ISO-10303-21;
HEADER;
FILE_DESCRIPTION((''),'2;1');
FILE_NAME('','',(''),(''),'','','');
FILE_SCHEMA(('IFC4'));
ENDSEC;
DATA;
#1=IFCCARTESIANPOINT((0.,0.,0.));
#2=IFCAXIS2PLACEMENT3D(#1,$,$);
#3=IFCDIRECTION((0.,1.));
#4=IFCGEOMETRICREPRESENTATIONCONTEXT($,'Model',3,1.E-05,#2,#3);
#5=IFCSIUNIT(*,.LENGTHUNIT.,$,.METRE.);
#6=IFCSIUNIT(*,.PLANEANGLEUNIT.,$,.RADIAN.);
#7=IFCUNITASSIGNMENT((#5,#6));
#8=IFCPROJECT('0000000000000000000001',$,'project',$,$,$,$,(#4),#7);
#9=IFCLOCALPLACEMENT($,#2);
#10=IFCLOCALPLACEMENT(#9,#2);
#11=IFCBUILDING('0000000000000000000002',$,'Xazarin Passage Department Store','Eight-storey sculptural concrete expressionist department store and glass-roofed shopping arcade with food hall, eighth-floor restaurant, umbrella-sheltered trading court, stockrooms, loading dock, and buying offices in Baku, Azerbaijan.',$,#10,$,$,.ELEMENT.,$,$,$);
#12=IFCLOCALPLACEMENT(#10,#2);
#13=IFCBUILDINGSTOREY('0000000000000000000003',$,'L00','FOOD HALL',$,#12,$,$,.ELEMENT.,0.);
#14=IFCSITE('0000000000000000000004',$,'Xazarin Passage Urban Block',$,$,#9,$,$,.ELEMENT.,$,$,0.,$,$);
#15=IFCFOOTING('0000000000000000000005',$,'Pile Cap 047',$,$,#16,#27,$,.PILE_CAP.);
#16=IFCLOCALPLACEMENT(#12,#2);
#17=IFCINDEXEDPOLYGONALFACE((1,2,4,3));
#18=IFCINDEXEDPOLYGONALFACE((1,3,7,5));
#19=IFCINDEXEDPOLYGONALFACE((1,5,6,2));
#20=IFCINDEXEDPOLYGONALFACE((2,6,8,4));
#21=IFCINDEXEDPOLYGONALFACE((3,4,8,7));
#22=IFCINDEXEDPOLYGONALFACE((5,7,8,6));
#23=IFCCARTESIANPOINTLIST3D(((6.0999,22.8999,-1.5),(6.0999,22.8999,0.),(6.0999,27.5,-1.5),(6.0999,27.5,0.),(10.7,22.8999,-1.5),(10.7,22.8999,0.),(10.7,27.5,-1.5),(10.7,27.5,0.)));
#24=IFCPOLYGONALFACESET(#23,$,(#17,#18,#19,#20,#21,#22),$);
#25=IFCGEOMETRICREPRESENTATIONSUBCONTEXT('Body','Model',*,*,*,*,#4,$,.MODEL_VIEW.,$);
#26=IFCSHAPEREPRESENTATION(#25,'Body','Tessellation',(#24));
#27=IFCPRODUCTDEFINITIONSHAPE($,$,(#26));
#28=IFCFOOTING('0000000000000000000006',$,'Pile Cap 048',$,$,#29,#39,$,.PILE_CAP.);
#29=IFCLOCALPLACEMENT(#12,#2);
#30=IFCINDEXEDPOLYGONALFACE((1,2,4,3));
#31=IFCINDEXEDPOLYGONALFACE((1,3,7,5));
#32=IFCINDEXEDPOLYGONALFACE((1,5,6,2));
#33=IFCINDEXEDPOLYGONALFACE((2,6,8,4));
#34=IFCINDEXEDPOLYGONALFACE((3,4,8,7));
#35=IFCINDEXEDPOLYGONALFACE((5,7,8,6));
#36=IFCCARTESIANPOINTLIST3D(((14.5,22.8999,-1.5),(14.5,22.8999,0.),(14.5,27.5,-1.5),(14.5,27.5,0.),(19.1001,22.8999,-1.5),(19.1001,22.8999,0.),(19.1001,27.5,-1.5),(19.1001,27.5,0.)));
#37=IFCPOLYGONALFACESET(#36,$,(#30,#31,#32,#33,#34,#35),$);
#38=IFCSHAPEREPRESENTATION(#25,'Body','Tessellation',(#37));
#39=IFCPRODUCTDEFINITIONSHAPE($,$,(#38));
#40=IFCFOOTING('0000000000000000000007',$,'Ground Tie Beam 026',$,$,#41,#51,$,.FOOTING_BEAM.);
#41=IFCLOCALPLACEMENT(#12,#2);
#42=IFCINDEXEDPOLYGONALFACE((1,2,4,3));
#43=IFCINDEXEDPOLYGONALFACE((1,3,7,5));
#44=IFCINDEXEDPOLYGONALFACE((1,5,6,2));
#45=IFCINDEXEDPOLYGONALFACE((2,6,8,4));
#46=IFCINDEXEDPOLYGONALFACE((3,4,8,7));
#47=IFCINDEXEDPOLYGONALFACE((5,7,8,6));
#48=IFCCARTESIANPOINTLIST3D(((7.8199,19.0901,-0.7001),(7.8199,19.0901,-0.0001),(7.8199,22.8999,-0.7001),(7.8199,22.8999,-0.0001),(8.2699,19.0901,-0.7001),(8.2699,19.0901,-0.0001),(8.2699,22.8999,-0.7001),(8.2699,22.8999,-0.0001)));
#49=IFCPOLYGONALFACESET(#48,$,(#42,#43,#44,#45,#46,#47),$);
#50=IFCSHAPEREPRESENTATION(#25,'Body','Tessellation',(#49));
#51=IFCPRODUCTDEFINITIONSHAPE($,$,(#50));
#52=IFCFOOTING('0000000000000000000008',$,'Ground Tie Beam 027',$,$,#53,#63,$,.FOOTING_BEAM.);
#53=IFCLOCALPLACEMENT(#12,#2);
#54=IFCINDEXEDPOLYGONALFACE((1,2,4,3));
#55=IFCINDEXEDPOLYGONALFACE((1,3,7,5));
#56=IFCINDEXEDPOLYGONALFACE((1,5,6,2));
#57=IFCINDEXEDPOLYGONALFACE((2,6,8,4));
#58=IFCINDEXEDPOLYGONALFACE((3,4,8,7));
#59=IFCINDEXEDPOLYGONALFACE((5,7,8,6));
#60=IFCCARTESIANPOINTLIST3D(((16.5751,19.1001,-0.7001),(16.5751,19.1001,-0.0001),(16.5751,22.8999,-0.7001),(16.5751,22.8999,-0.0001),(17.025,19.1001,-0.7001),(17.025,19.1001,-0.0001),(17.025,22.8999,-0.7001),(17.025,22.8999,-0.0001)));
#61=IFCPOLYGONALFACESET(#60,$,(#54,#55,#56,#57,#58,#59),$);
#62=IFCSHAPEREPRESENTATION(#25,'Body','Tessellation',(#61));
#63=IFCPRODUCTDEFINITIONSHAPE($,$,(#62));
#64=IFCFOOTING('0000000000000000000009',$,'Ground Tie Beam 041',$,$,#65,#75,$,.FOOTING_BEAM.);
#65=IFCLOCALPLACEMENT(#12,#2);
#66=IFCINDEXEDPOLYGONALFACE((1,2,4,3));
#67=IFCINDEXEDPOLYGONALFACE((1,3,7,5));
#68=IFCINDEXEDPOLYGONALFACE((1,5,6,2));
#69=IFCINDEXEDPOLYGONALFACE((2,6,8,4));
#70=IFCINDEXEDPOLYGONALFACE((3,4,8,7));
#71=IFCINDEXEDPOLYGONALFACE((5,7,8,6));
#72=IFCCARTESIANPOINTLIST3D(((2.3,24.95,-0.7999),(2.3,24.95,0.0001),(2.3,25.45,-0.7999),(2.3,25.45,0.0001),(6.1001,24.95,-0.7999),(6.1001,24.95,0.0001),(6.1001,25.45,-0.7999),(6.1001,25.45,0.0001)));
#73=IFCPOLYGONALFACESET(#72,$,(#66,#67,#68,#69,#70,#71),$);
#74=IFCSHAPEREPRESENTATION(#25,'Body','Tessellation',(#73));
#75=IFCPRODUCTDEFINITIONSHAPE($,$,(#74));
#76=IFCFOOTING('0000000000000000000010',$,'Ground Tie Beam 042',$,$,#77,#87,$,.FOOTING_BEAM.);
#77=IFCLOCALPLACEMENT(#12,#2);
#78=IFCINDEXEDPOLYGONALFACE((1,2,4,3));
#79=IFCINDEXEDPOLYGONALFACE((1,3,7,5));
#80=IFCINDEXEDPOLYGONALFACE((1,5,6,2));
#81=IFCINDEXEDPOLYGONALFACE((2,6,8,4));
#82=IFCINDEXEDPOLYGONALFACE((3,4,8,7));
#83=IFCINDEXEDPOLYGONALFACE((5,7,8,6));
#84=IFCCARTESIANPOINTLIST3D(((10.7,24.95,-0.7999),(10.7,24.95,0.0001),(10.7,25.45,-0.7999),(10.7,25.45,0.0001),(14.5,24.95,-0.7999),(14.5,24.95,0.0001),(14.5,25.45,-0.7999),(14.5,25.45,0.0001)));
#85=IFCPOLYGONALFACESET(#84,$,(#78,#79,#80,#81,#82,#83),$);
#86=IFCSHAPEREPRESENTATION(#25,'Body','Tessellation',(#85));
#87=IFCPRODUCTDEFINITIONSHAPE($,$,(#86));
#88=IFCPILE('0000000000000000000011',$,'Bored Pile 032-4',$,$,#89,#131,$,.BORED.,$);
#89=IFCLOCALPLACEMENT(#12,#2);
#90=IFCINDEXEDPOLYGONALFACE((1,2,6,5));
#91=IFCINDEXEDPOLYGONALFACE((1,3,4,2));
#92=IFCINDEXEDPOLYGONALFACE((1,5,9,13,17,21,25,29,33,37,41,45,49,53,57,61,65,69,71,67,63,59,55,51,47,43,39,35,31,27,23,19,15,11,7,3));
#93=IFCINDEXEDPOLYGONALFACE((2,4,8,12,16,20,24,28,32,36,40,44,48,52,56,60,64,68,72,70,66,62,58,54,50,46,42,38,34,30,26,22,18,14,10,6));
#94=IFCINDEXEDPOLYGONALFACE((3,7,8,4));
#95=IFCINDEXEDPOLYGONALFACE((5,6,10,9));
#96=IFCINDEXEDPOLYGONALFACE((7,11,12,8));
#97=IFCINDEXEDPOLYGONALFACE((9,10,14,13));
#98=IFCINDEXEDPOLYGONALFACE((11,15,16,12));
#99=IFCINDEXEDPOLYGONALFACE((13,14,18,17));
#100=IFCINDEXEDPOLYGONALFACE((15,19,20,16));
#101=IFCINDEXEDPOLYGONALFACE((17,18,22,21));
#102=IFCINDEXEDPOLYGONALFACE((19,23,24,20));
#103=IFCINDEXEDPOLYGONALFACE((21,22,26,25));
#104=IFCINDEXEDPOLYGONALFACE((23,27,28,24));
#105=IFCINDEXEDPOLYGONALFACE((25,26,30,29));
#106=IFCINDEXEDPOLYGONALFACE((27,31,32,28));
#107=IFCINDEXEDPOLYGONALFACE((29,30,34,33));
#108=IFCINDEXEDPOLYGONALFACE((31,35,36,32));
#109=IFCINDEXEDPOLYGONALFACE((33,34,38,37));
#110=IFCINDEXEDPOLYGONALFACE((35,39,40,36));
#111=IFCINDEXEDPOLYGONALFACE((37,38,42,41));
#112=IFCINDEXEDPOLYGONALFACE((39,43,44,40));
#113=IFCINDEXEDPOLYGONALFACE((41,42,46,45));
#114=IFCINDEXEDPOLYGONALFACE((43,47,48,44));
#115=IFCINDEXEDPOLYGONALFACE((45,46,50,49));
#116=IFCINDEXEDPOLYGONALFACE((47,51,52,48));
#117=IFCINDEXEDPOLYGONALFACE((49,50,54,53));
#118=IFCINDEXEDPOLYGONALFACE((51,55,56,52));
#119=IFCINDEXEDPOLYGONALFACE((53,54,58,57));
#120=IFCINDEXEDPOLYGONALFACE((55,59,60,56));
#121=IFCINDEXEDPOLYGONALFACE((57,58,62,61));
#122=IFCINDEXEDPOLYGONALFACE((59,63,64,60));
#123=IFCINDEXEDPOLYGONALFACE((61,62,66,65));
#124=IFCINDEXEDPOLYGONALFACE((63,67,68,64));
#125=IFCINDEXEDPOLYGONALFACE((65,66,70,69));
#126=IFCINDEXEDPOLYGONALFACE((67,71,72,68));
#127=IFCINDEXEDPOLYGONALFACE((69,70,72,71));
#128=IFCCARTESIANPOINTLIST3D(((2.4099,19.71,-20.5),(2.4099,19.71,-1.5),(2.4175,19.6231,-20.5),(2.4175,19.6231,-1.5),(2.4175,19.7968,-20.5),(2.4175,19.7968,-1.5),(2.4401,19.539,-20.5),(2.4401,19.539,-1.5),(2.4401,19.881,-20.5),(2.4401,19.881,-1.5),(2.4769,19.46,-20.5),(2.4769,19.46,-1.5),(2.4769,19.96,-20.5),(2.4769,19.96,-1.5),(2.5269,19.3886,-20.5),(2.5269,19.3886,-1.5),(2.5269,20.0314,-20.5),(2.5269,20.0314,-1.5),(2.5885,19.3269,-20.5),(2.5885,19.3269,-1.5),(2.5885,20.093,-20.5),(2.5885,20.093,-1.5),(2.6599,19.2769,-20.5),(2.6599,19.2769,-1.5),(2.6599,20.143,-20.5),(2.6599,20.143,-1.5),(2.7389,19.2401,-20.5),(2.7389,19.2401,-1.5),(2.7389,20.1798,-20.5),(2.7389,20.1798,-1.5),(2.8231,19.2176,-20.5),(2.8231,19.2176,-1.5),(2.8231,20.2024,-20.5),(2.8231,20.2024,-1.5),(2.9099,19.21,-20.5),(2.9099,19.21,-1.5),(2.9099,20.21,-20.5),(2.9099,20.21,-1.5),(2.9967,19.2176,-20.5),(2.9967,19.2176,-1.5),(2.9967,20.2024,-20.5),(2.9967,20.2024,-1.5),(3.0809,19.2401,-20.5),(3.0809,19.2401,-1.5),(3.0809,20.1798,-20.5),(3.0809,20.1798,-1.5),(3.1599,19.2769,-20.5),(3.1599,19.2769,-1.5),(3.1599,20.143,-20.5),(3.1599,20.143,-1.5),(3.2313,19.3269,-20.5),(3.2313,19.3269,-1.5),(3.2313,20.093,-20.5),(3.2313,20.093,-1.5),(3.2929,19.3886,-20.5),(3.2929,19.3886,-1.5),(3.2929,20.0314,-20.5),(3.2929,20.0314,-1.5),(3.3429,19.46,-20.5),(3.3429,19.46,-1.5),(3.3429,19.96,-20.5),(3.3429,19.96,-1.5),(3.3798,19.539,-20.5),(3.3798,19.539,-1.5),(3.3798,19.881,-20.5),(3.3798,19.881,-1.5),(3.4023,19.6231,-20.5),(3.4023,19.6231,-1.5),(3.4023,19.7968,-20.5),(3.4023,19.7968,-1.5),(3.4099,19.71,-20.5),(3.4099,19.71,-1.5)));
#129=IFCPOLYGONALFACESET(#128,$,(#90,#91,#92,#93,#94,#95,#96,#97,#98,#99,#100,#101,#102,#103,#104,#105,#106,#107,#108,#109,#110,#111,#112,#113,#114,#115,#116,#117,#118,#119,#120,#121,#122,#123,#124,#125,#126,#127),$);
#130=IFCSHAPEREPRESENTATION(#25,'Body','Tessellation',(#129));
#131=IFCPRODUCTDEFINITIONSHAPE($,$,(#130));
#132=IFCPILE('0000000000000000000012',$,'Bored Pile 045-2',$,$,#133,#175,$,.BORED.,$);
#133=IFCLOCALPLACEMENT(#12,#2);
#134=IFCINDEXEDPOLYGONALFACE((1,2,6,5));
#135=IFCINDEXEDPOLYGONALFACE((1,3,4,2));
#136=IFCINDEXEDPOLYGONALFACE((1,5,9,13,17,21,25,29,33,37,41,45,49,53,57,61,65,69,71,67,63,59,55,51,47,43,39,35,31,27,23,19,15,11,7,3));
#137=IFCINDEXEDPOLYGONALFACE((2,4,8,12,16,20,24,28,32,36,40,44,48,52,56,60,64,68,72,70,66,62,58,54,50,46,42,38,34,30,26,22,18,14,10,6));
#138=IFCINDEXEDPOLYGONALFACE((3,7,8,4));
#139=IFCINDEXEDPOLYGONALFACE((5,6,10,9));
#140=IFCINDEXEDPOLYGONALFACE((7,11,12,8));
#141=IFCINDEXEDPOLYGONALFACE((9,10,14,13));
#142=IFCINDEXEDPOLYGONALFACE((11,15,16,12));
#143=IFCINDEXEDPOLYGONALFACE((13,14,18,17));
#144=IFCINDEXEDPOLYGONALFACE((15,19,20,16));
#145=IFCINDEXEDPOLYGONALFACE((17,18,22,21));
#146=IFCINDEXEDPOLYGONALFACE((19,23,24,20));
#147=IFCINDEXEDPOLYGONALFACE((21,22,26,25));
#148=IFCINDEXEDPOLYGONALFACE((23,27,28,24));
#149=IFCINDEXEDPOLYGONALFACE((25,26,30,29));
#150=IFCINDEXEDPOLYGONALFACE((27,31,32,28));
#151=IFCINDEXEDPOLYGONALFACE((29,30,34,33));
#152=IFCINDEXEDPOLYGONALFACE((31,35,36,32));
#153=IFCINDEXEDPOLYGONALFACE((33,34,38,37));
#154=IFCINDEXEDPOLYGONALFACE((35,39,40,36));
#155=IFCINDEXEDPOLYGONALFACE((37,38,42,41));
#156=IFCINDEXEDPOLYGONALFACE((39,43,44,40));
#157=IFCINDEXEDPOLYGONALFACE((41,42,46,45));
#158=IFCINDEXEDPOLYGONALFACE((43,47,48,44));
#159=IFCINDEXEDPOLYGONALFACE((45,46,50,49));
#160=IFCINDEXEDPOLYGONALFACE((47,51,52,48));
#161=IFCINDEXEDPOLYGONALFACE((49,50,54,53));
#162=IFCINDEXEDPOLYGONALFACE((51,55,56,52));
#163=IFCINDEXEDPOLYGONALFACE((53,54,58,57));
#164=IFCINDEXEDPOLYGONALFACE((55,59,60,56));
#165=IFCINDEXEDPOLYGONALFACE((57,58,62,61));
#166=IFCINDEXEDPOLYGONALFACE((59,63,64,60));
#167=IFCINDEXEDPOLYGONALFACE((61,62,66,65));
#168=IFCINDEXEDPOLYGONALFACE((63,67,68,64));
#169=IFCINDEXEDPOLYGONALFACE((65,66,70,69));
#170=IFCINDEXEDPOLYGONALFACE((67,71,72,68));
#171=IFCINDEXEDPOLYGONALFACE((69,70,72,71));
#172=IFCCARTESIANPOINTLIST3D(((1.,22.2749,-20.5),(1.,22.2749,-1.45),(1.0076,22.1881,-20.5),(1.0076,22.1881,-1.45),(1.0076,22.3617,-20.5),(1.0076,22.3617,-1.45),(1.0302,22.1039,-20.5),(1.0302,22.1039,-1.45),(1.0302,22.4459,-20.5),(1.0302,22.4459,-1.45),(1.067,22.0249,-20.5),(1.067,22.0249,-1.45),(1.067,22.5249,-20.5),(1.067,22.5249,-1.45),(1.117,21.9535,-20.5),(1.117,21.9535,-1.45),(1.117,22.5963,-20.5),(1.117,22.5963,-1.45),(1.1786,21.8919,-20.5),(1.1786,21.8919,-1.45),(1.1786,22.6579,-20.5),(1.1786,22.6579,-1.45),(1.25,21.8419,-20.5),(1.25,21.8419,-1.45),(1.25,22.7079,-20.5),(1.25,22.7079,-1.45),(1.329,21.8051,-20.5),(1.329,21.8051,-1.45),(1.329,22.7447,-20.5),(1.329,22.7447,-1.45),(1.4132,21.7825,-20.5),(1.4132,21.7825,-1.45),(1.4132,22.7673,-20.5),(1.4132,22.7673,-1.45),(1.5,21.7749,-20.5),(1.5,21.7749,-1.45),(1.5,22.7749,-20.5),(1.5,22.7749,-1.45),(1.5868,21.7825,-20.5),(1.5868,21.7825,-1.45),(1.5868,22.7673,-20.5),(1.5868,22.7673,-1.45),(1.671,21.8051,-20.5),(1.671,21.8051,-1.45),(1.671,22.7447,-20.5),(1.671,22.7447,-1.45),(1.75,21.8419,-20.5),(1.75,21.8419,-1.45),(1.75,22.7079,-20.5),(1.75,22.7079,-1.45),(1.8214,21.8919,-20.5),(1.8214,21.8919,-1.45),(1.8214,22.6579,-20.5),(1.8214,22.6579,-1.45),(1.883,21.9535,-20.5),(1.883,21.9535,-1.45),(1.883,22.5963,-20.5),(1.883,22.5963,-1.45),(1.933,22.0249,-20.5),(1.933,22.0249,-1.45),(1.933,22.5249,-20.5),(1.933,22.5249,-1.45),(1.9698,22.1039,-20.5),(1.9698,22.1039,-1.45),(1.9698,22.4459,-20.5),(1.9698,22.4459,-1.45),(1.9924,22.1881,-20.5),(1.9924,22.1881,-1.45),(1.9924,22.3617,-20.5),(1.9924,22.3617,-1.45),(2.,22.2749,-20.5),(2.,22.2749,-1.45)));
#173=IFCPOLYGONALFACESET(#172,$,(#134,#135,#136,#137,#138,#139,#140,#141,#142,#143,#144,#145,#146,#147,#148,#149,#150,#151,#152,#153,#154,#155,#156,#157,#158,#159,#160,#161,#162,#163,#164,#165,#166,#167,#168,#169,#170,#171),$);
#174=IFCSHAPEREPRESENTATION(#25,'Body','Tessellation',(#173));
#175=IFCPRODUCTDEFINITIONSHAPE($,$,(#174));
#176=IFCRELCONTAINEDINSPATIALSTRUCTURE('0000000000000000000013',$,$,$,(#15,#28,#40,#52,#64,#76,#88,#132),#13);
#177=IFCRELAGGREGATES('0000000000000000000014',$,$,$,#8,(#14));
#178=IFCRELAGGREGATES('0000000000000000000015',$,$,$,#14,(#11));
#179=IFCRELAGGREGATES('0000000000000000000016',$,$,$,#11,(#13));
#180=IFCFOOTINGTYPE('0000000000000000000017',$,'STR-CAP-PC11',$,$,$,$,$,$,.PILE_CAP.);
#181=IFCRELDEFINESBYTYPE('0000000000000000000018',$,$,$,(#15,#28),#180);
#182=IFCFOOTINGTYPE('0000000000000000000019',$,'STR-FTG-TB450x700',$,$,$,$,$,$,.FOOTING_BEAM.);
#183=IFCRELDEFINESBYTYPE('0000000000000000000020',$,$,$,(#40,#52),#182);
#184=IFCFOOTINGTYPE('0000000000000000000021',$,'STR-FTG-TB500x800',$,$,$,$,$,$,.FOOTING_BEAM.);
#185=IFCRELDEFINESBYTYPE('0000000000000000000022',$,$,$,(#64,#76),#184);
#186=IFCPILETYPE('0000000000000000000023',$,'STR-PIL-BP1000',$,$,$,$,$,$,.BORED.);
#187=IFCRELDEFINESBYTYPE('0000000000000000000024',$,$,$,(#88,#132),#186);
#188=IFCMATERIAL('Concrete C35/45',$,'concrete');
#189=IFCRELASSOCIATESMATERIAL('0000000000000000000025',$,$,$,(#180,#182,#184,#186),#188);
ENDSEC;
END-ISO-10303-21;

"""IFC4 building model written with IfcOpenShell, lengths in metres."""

from ifc_helpers import new_model, si_unit, direction, frame, origin, origin_2d, place, context, subcontext, project, spatial, rectangle, circle, extrude, material, material_profile, profile_set, type_object, element, save


model = new_model("IFC4")

# Units and contexts
model_context = context("Model", 3, precision=1e-05, world=origin(), true_north=direction((0.0, 1.0)))
body_context = subcontext(model_context, "Body", "Model", "MODEL_VIEW")
ifc_project = project(units=[si_unit("LENGTHUNIT", "METRE"), si_unit("PLANEANGLEUNIT", "RADIAN")], contexts=[model_context])

# Site, building, storey
site_placement = place(None, origin())
site = spatial("IfcSite", under=ifc_project, at=site_placement, Name="Xazarin Passage Urban Block", CompositionType="ELEMENT", RefElevation=0.0)
building_placement = place(site_placement, origin())
building = spatial("IfcBuilding", under=site, at=building_placement, Name="Xazarin Passage Department Store", Description="Eight-storey sculptural concrete expressionist department store and glass-roofed shopping arcade with food hall, eighth-floor restaurant, umbrella-sheltered trading court, stockrooms, loading dock, and buying offices in Baku, Azerbaijan.", CompositionType="ELEMENT")
storey_placement = place(building_placement, origin())
storey = spatial("IfcBuildingStorey", under=building, at=storey_placement, Name="L00", Description="FOOD HALL", CompositionType="ELEMENT", Elevation=0.0)

# Footings
ifc_material_1 = material(Name="Concrete C35/45", Category="concrete")
footing_type_1 = type_object("IfcFootingType", Name="STR-CAP-PC11", PredefinedType="PILE_CAP", material=ifc_material_1)
for number, where, z_axis, x_axis, name in (
    (1, (8.3999, 25.2, -1.5), (0.0, 0.0, 1.0), (1.0, 0.0, 0.0), "Pile Cap 047"),
    (2, (16.8, 25.2, -1.5), (0.0, 0.0, 1.0), (1.0, 0.0, 0.0), "Pile Cap 048"),
):
    element("IfcFooting", number, at=place(storey_placement, frame(where, z_axis=z_axis, x_axis=x_axis)), inside=storey, type_object=footing_type_1, Name=name, PredefinedType="PILE_CAP", context=body_context, shape_type="SweptSolid", body=[
        extrude(rectangle(XDim=4.6001, YDim=4.6001, at=origin_2d()), origin(), (0.0, 0.0, 1.0), 1.5),
    ])
ifc_material_profile_1 = material_profile(ifc_material_1, rectangle(XDim=0.45, YDim=0.7, at=origin_2d()), Name="RC 450x700")
ifc_profile_set_1 = profile_set([ifc_material_profile_1], Name="Concrete C35/45")
footing_type_2 = type_object("IfcFootingType", Name="STR-FTG-TB450x700", PredefinedType="FOOTING_BEAM", material=ifc_profile_set_1)
footing_1_placement = place(storey_placement, frame((8.0449, 19.0901, -0.3501), z_axis=(0.0, 1.0, 0.0), x_axis=(-1.0, 0.0, 0.0)))
element("IfcFooting", 3, at=footing_1_placement, inside=storey, type_object=footing_type_2, Name="Ground Tie Beam 026", PredefinedType="FOOTING_BEAM", context=body_context, shape_type="SweptSolid", body=[
    extrude(rectangle(XDim=0.45, YDim=0.7, at=origin_2d()), origin(), (0.0, 0.0, 1.0), 3.8098),
])
footing_2_placement = place(storey_placement, frame((16.8, 19.1001, -0.3501), z_axis=(0.0, 1.0, 0.0), x_axis=(-1.0, 0.0, 0.0)))
element("IfcFooting", 4, at=footing_2_placement, inside=storey, type_object=footing_type_2, Name="Ground Tie Beam 027", PredefinedType="FOOTING_BEAM", context=body_context, shape_type="SweptSolid", body=[
    extrude(rectangle(XDim=0.45, YDim=0.7, at=origin_2d()), origin(), (0.0, 0.0, 1.0), 3.7998),
])
ifc_material_profile_2 = material_profile(ifc_material_1, rectangle(XDim=0.5, YDim=0.8, at=origin_2d()), Name="RC 500x800")
ifc_profile_set_2 = profile_set([ifc_material_profile_2], Name="Concrete C35/45")
footing_type_3 = type_object("IfcFootingType", Name="STR-FTG-TB500x800", PredefinedType="FOOTING_BEAM", material=ifc_profile_set_2)
for number, where, z_axis, x_axis, name in (
    (5, (2.3, 25.2, -0.3999), (1.0, 0.0, 0.0), (0.0, 1.0, 0.0), "Ground Tie Beam 041"),
    (6, (10.7, 25.2, -0.3999), (1.0, 0.0, 0.0), (0.0, 1.0, 0.0), "Ground Tie Beam 042"),
):
    element("IfcFooting", number, at=place(storey_placement, frame(where, z_axis=z_axis, x_axis=x_axis)), inside=storey, type_object=footing_type_3, Name=name, PredefinedType="FOOTING_BEAM", context=body_context, shape_type="SweptSolid", body=[
        extrude(rectangle(XDim=0.5, YDim=0.8, at=origin_2d()), origin(), (0.0, 0.0, 1.0), 3.8),
    ])

# Piles
ifc_material_profile_3 = material_profile(ifc_material_1, circle(Radius=0.5, at=origin_2d()), Name="BP 1000")
ifc_profile_set_3 = profile_set([ifc_material_profile_3], Name="Concrete C35/45")
pile_type = type_object("IfcPileType", Name="STR-PIL-BP1000", PredefinedType="BORED", material=ifc_profile_set_3)
pile_1_placement = place(storey_placement, frame((2.9099, 19.71, -1.5), z_axis=(0.0, 0.0, -1.0), x_axis=(1.0, 0.0, 0.0)))
element("IfcPile", 7, at=pile_1_placement, inside=storey, type_object=pile_type, Name="Bored Pile 032-4", PredefinedType="BORED", context=body_context, shape_type="SweptSolid", body=[
    extrude(circle(Radius=0.5, at=origin_2d()), origin(), (0.0, 0.0, 1.0), 19.0),
])
pile_2_placement = place(storey_placement, frame((1.5, 22.2749, -1.45), z_axis=(0.0, 0.0, -1.0), x_axis=(1.0, 0.0, 0.0)))
element("IfcPile", 8, at=pile_2_placement, inside=storey, type_object=pile_type, Name="Bored Pile 045-2", PredefinedType="BORED", context=body_context, shape_type="SweptSolid", body=[
    extrude(circle(Radius=0.5, at=origin_2d()), origin(), (0.0, 0.0, 1.0), 19.05),
])

save(model, "model.ifc")
